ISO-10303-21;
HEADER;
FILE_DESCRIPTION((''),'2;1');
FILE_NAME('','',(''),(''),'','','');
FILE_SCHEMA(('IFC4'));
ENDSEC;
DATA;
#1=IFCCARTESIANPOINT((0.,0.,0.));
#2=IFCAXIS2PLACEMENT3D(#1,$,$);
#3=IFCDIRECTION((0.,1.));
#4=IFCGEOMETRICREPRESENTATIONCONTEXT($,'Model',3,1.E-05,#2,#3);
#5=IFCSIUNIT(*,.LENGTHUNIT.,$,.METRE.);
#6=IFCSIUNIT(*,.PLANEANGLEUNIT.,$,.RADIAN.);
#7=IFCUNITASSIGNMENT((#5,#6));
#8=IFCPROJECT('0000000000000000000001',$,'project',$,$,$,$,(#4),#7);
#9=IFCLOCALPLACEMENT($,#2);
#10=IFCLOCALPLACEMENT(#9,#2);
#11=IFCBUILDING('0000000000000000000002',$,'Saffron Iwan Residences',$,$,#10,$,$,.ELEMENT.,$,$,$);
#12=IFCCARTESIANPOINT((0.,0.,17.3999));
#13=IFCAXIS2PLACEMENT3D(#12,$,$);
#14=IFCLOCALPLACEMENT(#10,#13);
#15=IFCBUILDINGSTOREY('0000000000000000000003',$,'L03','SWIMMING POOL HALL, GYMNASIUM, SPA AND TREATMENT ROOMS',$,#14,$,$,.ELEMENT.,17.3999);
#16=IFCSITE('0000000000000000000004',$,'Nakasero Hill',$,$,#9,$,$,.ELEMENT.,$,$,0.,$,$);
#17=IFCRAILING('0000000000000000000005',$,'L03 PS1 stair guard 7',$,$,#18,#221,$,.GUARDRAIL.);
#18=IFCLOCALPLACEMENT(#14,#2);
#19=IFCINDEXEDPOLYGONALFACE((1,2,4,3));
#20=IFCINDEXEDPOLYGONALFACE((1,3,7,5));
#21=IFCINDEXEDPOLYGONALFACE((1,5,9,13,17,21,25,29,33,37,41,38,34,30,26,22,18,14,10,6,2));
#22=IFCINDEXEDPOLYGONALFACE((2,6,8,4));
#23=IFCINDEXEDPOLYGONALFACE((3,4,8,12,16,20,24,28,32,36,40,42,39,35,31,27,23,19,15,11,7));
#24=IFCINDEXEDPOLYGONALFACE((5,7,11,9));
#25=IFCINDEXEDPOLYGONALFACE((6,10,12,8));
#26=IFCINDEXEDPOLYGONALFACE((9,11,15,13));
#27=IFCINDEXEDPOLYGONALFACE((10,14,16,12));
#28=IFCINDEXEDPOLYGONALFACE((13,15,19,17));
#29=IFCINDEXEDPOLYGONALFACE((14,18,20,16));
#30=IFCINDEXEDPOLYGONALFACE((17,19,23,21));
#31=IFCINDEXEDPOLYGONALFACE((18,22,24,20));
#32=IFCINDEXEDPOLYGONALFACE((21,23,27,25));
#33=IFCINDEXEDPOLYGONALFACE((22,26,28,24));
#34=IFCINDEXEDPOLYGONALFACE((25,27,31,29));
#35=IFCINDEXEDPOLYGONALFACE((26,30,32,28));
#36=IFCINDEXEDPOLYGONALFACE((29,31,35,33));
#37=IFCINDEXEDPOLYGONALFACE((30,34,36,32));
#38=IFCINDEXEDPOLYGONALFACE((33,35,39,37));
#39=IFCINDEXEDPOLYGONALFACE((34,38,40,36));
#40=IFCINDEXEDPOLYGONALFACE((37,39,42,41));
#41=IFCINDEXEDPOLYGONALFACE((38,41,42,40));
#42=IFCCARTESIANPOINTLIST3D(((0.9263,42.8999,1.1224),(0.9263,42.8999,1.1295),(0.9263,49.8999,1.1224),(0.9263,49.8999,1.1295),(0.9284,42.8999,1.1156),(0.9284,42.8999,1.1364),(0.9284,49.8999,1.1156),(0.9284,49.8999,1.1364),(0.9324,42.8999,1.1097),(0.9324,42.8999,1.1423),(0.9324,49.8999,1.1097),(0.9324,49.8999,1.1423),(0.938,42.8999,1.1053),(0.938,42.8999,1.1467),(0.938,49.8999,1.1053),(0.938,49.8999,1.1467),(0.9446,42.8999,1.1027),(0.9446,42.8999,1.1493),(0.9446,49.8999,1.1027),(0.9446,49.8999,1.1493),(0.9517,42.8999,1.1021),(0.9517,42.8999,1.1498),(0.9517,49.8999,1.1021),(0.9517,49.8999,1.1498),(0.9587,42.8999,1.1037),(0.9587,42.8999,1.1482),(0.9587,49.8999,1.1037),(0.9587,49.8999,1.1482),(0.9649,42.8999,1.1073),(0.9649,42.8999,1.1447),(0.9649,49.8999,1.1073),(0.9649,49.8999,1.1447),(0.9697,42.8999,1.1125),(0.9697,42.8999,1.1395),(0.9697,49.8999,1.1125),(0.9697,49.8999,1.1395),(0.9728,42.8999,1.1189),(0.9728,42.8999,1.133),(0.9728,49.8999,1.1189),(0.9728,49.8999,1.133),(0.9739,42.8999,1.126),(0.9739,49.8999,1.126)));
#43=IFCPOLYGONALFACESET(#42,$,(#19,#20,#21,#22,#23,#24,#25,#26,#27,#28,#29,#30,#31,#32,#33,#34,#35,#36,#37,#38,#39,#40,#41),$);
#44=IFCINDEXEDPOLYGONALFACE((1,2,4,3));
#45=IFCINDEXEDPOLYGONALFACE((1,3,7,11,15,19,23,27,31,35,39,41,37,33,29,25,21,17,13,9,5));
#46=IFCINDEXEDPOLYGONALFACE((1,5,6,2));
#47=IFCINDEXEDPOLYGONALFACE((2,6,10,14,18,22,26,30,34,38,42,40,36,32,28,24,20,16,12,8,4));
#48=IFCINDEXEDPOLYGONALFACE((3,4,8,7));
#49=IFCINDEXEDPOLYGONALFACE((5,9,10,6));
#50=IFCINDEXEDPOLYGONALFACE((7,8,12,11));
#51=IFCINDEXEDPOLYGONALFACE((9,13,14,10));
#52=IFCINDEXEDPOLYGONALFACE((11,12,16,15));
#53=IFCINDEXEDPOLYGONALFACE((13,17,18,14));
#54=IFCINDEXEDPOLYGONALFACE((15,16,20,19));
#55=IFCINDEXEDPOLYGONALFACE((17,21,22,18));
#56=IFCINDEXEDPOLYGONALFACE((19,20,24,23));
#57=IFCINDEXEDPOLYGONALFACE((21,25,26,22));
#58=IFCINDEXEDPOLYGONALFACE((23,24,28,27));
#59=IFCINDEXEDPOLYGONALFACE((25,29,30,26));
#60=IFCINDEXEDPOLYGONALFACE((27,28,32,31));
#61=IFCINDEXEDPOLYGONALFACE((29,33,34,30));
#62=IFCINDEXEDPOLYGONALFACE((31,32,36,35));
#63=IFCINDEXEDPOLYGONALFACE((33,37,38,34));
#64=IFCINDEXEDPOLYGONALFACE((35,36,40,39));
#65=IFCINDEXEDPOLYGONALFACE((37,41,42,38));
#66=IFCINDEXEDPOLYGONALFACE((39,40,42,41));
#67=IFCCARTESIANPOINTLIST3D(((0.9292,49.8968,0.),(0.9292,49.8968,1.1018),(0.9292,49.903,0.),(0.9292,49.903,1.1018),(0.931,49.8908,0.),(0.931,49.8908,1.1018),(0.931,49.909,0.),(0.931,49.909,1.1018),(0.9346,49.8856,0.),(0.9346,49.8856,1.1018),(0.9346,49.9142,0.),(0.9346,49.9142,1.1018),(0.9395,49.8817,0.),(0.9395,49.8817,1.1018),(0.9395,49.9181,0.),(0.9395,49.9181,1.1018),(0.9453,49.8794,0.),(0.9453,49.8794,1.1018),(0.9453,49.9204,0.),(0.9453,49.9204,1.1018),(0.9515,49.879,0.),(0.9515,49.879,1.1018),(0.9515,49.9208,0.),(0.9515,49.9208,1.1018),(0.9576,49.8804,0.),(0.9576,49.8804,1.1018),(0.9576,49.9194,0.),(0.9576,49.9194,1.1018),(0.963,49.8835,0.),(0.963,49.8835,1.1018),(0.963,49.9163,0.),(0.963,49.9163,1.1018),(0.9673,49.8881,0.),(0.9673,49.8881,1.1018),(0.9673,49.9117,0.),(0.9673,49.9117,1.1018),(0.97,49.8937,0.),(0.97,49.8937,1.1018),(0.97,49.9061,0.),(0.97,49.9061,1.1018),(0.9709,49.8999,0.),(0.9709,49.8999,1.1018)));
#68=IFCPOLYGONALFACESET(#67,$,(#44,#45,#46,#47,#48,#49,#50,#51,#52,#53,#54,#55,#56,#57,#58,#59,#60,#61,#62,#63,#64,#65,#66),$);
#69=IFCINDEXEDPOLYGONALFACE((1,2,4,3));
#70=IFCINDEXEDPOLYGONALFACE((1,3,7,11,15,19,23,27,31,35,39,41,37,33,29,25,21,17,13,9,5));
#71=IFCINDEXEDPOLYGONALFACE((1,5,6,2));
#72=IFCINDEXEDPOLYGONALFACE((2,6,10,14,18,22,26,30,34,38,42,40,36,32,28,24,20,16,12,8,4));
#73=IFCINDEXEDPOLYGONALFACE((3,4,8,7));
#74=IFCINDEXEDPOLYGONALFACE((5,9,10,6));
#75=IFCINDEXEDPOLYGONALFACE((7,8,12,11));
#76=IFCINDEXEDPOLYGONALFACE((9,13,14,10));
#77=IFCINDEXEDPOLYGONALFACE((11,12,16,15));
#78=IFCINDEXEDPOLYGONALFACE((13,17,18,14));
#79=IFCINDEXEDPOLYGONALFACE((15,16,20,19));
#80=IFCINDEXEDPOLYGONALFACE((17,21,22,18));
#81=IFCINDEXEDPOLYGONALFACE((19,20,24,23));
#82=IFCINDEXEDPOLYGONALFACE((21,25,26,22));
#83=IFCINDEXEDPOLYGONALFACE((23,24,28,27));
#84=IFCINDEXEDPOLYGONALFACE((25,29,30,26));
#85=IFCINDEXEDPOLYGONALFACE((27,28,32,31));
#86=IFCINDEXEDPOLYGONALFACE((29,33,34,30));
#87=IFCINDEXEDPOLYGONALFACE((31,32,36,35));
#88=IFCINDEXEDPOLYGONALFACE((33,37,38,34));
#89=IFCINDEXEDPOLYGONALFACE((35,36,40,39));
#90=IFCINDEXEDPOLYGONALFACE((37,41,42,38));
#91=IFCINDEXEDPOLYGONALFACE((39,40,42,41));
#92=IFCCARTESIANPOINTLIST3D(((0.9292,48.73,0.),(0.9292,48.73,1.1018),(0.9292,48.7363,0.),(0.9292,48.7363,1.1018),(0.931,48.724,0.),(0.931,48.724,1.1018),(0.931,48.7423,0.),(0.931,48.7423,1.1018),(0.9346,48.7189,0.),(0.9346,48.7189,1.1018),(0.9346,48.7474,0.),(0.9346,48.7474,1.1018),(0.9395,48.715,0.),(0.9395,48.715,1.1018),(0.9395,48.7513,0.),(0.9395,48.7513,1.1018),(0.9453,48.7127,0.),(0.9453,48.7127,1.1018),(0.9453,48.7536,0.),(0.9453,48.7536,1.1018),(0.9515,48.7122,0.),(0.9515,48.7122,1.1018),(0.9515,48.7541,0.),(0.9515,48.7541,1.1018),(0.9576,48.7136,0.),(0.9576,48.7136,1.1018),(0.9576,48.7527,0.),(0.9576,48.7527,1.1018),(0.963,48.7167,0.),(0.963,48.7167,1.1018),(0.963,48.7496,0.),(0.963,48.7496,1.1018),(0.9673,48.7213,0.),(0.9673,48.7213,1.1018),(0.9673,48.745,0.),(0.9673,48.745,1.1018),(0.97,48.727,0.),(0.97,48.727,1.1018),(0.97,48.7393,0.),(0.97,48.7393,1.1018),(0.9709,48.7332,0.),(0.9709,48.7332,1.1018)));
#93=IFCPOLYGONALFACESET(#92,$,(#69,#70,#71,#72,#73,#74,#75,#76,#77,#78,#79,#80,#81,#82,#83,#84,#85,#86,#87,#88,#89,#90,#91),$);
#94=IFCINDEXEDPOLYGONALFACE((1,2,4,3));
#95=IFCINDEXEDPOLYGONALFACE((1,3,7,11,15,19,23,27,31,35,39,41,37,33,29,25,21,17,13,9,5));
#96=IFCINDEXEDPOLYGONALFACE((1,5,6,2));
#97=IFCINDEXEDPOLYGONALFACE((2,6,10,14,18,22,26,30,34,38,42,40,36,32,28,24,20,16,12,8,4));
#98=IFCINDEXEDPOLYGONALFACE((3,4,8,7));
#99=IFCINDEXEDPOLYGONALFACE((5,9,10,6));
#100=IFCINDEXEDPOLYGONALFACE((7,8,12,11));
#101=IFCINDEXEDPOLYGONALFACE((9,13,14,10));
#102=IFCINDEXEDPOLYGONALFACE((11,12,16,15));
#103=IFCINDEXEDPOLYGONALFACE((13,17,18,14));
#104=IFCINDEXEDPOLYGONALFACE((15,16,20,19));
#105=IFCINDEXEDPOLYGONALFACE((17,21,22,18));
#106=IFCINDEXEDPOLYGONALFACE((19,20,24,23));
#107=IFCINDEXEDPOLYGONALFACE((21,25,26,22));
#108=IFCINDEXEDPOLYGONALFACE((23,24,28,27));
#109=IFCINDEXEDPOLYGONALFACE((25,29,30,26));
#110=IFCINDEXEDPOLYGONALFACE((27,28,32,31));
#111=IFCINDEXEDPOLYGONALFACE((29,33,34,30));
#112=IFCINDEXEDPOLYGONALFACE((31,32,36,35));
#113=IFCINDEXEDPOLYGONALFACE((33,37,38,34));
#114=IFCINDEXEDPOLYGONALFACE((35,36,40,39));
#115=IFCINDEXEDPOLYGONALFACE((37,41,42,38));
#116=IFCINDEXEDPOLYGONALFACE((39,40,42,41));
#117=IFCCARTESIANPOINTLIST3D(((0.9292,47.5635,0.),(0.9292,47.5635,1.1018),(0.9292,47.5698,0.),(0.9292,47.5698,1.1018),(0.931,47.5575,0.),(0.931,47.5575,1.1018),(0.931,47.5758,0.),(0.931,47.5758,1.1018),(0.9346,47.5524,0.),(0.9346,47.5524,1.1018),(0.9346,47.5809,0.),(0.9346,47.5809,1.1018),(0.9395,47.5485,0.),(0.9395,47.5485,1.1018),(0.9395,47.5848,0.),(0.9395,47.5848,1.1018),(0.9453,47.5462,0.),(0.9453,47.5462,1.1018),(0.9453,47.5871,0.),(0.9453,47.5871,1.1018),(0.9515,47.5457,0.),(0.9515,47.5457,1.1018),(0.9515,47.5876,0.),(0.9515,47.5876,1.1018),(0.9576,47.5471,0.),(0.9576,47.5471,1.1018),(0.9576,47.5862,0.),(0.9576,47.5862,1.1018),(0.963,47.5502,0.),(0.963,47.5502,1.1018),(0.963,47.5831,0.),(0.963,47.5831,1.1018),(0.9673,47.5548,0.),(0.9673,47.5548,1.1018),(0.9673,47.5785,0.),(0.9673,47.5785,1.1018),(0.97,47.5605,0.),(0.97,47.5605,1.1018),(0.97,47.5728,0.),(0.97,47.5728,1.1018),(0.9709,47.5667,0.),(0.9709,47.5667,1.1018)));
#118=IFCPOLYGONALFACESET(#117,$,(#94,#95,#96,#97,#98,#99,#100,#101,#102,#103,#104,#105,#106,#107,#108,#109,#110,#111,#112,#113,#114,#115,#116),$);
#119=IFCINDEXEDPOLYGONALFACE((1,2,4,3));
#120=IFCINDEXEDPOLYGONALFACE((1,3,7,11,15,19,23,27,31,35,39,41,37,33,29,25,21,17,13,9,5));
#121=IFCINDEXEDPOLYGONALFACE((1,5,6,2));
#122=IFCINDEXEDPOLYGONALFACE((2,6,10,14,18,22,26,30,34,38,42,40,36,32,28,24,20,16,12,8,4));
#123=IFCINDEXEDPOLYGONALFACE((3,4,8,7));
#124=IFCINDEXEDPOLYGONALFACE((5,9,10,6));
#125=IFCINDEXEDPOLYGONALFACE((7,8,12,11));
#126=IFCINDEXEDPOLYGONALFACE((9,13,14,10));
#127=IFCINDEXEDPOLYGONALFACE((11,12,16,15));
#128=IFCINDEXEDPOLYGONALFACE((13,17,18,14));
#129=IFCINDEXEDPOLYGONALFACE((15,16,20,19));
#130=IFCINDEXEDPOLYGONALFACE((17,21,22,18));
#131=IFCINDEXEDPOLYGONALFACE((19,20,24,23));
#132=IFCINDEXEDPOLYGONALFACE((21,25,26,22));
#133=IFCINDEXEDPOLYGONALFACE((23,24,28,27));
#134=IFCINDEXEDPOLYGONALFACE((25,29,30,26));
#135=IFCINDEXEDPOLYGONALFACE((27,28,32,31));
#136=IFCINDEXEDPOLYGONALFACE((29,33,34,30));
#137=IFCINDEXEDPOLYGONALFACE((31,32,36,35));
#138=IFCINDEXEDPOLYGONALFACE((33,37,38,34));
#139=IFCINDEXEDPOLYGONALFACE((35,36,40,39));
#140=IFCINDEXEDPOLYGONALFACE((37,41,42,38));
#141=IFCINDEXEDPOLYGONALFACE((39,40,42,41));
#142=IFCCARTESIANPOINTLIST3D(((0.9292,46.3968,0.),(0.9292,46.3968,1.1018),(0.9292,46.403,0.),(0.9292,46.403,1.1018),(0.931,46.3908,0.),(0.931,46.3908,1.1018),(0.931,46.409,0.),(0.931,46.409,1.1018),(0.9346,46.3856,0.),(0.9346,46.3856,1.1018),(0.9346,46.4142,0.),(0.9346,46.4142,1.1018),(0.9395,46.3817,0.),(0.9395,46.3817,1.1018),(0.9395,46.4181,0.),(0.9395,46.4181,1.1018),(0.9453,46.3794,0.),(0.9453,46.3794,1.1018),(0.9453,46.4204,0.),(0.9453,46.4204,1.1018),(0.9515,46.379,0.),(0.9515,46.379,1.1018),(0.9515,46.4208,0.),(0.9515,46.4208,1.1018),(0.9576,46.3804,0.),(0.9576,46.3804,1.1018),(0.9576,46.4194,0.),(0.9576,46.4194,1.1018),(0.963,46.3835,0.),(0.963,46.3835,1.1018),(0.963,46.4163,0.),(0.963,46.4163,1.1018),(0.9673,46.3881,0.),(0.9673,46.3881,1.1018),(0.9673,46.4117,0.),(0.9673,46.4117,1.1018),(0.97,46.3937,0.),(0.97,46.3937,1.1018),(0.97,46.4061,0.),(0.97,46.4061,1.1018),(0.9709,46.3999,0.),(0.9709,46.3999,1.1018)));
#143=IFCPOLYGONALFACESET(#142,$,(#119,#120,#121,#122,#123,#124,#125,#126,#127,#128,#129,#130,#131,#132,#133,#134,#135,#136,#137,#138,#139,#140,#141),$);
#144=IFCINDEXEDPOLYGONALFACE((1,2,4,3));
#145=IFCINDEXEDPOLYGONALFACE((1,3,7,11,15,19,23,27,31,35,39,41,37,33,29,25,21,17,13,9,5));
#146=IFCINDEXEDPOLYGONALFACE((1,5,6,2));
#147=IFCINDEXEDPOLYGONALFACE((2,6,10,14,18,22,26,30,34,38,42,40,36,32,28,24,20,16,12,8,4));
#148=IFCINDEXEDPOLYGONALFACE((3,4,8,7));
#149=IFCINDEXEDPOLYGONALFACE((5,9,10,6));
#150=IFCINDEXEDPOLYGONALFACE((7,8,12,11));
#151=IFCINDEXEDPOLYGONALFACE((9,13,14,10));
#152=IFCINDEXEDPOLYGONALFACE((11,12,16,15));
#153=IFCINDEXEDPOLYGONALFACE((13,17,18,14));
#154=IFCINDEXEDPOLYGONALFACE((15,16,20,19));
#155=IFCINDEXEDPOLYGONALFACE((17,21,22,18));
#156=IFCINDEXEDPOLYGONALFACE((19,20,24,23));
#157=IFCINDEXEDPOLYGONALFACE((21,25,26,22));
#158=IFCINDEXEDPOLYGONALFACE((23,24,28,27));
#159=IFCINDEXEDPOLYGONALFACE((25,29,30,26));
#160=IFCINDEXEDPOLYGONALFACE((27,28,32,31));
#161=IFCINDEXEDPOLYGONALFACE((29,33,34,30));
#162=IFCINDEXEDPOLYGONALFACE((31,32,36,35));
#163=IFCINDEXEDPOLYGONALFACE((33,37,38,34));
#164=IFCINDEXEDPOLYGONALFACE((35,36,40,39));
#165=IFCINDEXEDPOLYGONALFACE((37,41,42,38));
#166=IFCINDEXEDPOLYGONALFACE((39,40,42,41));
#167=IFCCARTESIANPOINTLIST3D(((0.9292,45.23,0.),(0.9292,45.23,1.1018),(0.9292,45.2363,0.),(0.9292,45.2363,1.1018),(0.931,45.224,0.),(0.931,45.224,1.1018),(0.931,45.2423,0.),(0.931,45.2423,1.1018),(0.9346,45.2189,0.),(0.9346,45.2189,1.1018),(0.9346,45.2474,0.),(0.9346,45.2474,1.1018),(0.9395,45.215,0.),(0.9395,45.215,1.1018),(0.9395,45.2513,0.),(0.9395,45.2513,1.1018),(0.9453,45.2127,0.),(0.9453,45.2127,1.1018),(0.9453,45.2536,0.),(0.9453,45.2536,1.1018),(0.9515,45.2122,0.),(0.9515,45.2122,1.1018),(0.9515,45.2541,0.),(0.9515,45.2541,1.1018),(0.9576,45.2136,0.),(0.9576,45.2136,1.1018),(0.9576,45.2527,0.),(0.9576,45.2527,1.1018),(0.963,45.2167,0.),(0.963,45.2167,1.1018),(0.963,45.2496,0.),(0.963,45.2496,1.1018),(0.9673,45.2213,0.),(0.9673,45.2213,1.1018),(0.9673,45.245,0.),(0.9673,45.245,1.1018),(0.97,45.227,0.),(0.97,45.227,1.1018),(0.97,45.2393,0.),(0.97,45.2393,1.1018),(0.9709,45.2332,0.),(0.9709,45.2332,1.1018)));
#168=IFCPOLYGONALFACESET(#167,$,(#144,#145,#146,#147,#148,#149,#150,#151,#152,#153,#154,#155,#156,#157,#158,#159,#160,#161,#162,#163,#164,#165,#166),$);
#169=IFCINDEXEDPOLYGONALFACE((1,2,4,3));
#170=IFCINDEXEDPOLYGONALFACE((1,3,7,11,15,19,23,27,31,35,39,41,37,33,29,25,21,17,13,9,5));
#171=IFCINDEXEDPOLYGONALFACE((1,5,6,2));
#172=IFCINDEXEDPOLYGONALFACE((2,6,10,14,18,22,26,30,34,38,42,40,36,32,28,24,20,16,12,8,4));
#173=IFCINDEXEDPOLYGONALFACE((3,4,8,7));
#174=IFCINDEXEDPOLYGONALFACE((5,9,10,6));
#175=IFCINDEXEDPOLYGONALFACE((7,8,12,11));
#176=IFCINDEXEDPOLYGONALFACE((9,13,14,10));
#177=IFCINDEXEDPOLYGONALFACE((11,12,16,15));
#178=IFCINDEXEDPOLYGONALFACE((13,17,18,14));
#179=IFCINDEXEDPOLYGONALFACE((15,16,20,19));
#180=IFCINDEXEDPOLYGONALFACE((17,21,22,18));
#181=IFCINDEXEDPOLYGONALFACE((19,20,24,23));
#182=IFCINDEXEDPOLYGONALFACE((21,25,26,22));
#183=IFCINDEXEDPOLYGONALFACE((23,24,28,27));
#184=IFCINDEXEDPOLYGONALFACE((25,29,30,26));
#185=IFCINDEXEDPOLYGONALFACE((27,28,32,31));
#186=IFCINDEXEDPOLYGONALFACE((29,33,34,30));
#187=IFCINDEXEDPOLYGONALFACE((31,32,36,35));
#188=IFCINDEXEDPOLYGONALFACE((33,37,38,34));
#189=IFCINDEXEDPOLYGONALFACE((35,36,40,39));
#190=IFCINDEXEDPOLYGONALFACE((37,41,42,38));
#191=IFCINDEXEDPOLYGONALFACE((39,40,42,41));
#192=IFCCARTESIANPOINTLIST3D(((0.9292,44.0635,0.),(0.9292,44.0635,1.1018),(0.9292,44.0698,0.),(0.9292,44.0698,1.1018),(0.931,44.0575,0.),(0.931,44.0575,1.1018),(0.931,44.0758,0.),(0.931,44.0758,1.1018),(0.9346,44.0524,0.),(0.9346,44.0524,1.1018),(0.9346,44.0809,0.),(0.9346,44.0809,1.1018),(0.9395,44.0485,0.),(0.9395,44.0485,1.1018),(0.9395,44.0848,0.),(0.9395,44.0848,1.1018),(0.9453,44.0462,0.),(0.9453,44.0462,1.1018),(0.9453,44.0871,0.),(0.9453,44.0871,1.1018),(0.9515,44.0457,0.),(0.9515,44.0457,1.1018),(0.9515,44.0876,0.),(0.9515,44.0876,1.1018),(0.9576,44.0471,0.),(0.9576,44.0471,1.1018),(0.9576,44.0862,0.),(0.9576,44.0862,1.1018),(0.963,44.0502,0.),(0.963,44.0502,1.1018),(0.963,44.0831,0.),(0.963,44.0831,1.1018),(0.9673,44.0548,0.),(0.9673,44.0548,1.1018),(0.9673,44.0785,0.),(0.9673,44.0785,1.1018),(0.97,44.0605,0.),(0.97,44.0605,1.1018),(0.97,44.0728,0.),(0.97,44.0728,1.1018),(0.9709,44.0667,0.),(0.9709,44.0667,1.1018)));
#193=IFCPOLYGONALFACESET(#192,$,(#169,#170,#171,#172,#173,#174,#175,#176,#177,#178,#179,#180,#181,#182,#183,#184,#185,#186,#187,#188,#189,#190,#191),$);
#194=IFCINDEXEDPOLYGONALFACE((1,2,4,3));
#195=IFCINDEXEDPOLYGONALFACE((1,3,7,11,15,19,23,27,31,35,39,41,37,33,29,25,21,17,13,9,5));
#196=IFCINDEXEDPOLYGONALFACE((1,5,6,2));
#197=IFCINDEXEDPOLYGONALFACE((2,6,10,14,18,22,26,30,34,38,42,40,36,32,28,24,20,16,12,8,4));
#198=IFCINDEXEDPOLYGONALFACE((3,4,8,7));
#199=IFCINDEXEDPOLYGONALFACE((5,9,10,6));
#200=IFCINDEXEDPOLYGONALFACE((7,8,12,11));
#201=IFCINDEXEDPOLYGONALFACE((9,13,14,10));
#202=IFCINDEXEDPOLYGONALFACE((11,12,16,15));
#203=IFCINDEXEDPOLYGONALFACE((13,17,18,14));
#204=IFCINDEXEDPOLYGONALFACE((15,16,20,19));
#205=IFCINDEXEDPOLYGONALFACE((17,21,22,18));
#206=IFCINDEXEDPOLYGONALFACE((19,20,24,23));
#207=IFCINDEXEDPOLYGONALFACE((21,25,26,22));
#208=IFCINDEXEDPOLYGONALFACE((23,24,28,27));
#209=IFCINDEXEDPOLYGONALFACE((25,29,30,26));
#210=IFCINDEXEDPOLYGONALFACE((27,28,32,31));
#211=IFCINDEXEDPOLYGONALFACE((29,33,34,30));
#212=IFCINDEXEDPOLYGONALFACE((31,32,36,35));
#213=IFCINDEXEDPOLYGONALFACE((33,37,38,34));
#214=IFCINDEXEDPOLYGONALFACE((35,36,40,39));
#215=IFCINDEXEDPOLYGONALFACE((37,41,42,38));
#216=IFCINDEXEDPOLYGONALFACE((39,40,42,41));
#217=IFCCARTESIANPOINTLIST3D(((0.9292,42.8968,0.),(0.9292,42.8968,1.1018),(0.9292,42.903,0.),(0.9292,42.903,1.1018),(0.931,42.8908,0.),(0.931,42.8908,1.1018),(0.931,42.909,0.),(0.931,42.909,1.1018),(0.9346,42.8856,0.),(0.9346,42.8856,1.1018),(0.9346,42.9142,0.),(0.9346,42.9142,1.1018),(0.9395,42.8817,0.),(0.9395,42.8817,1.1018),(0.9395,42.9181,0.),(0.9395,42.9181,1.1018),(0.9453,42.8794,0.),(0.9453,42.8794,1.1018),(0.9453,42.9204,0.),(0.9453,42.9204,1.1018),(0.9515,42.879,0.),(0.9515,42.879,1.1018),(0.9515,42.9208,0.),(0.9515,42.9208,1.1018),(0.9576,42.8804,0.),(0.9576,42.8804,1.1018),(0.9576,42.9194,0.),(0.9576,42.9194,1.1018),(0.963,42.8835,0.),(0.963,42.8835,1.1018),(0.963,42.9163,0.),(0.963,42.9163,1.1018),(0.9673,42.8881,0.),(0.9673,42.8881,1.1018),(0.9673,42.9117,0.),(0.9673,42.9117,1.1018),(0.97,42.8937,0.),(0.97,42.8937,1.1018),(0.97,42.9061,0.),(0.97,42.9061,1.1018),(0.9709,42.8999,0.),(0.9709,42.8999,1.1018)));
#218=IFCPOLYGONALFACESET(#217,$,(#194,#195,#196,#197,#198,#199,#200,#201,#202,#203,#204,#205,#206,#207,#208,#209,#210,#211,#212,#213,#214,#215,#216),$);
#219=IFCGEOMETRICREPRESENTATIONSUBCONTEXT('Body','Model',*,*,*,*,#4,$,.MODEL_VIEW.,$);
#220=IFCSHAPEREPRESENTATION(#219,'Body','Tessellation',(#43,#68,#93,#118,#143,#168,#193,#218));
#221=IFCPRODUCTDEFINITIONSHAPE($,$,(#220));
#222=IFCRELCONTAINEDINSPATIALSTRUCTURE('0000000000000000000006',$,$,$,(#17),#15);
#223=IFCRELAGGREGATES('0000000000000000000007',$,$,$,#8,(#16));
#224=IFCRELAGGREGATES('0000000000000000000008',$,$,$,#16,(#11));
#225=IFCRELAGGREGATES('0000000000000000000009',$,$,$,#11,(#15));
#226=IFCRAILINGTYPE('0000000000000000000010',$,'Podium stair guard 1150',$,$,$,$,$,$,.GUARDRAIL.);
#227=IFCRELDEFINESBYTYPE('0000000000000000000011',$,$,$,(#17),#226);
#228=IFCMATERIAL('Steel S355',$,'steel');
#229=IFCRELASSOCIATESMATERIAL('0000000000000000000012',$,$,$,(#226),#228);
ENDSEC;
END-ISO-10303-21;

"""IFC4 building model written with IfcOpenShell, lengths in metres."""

from ifc_helpers import new_model, si_unit, direction, frame, origin, origin_2d, place, context, subcontext, project, spatial, circle, extrude, material, type_object, element, save


model = new_model("IFC4")

# Units and contexts
model_context = context("Model", 3, precision=1e-05, world=origin(), true_north=direction((0.0, 1.0)))
body_context = subcontext(model_context, "Body", "Model", "MODEL_VIEW")
ifc_project = project(units=[si_unit("LENGTHUNIT", "METRE"), si_unit("PLANEANGLEUNIT", "RADIAN")], contexts=[model_context])

# Site, building, storey
site_placement = place(None, origin())
site = spatial("IfcSite", under=ifc_project, at=site_placement, Name="Nakasero Hill", CompositionType="ELEMENT", RefElevation=0.0)
building_placement = place(site_placement, origin())
building = spatial("IfcBuilding", under=site, at=building_placement, Name="Saffron Iwan Residences", CompositionType="ELEMENT")
storey_placement = place(building_placement, frame((0.0, 0.0, 17.3999)))
storey = spatial("IfcBuildingStorey", under=building, at=storey_placement, Name="L03", Description="SWIMMING POOL HALL, GYMNASIUM, SPA AND TREATMENT ROOMS", CompositionType="ELEMENT", Elevation=17.3999)

# Railing
ifc_material_1 = material(Name="Steel S355", Category="steel")
railing_type_1 = type_object("IfcRailingType", Name="Podium stair guard 1150", PredefinedType="GUARDRAIL", material=ifc_material_1)
railing_1_placement = place(storey_placement, frame((0.95, 49.8999, 0.0)))
element("IfcRailing", 1, at=railing_1_placement, inside=storey, type_object=railing_type_1, Name="L03 PS1 stair guard 7", PredefinedType="GUARDRAIL", context=body_context, shape_type="SweptSolid", body=[
    extrude(circle(Radius=0.0239, at=origin_2d()), frame((0.0, 0.0, 1.126), z_axis=(0.0, -1.0, 0.0), x_axis=(1.0, 0.0, 0.0)), (0.0, 0.0, 1.0), 7.0),
    extrude(circle(Radius=0.021, at=origin_2d()), origin(), (0.0, 0.0, 1.0), 1.1018),
    extrude(circle(Radius=0.021, at=origin_2d()), frame((0.0, -1.1667, 0.0)), (0.0, 0.0, 1.0), 1.1018),
    extrude(circle(Radius=0.021, at=origin_2d()), frame((0.0, -2.3333, 0.0)), (0.0, 0.0, 1.0), 1.1018),
    extrude(circle(Radius=0.021, at=origin_2d()), frame((0.0, -3.5, 0.0)), (0.0, 0.0, 1.0), 1.1018),
    extrude(circle(Radius=0.021, at=origin_2d()), frame((0.0, -4.6667, 0.0)), (0.0, 0.0, 1.0), 1.1018),
    extrude(circle(Radius=0.021, at=origin_2d()), frame((0.0, -5.8333, 0.0)), (0.0, 0.0, 1.0), 1.1018),
    extrude(circle(Radius=0.021, at=origin_2d()), frame((0.0, -7.0, 0.0)), (0.0, 0.0, 1.0), 1.1018),
])

save(model, "model.ifc")
